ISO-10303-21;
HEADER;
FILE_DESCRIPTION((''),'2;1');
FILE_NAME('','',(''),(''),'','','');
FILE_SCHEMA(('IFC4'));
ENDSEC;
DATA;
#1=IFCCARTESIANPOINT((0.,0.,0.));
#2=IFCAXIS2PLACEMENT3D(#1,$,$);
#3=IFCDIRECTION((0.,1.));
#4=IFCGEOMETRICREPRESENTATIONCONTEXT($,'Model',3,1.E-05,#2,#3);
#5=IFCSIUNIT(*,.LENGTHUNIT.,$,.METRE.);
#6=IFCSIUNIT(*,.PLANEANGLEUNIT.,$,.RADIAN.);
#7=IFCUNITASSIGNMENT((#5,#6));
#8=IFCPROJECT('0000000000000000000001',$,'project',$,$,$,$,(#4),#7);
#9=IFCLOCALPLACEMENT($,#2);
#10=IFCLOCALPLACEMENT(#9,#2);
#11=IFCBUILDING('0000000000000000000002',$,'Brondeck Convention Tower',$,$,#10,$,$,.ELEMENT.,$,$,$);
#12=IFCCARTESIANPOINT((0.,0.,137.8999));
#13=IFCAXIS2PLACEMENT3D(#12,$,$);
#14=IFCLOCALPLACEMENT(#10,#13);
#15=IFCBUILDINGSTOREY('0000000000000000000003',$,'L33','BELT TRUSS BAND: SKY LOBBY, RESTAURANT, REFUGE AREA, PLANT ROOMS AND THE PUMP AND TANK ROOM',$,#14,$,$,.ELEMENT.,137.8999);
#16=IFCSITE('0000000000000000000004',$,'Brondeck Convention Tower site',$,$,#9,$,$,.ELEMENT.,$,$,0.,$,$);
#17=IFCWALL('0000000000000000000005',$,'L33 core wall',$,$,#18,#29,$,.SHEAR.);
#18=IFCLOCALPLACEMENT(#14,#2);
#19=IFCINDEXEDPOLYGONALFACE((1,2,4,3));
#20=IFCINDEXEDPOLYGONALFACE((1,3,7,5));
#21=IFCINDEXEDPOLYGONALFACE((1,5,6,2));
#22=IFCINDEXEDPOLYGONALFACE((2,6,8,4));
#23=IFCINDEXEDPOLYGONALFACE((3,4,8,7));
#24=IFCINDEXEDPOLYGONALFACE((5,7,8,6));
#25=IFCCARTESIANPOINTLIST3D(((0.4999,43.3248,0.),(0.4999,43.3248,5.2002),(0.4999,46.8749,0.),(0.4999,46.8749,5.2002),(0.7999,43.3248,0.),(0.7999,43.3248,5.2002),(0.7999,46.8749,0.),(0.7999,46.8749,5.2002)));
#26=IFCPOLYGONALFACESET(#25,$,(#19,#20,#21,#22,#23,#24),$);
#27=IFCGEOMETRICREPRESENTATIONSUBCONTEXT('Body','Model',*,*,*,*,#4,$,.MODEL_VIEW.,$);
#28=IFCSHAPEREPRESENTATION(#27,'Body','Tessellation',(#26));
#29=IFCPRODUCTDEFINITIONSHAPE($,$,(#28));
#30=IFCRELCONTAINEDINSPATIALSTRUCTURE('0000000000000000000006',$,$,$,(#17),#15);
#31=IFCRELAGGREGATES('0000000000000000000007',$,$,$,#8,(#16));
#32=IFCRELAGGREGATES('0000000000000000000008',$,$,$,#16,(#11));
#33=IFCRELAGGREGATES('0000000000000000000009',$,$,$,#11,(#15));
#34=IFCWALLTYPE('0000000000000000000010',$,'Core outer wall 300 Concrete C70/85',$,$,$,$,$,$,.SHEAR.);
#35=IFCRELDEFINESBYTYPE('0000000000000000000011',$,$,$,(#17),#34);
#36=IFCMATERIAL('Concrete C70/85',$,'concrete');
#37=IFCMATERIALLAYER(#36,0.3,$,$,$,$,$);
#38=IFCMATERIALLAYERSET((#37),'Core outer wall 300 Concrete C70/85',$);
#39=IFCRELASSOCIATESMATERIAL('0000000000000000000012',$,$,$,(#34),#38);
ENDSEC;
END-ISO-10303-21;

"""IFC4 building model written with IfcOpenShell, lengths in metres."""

from ifc_helpers import new_model, si_unit, direction, frame, frame_2d, origin, place, context, subcontext, project, spatial, rectangle, extrude, material, layer, layer_set, type_object, element, save


model = new_model("IFC4")

# Units and contexts
model_context = context("Model", 3, precision=1e-05, world=origin(), true_north=direction((0.0, 1.0)))
body_context = subcontext(model_context, "Body", "Model", "MODEL_VIEW")
ifc_project = project(units=[si_unit("LENGTHUNIT", "METRE"), si_unit("PLANEANGLEUNIT", "RADIAN")], contexts=[model_context])

# Site, building, storey
site_placement = place(None, origin())
site = spatial("IfcSite", under=ifc_project, at=site_placement, Name="Brondeck Convention Tower site", CompositionType="ELEMENT", RefElevation=0.0)
building_placement = place(site_placement, origin())
building = spatial("IfcBuilding", under=site, at=building_placement, Name="Brondeck Convention Tower", CompositionType="ELEMENT")
storey_placement = place(building_placement, frame((0.0, 0.0, 137.8999)))
storey = spatial("IfcBuildingStorey", under=building, at=storey_placement, Name="L33", Description="BELT TRUSS BAND: SKY LOBBY, RESTAURANT, REFUGE AREA, PLANT ROOMS AND THE PUMP AND TANK ROOM", CompositionType="ELEMENT", Elevation=137.8999)

# Wall
ifc_material_1 = material(Name="Concrete C70/85", Category="concrete")
ifc_layer_1 = layer(ifc_material_1, 0.3)
ifc_layer_set_1 = layer_set([ifc_layer_1], Name="Core outer wall 300 Concrete C70/85")
wall_type_1 = type_object("IfcWallType", Name="Core outer wall 300 Concrete C70/85", PredefinedType="SHEAR", material=ifc_layer_set_1)
wall_1_placement = place(storey_placement, frame((0.6499, 43.325, 0.0), z_axis=(0.0, 0.0, 1.0), x_axis=(0.0, 1.0, 0.0)))
element("IfcWall", 1, at=wall_1_placement, inside=storey, type_object=wall_type_1, Name="L33 core wall", PredefinedType="SHEAR", context=body_context, shape_type="SweptSolid", body=[
    extrude(rectangle(XDim=3.55, YDim=0.3, at=frame_2d((1.7749, 0.0))), origin(), (0.0, 0.0, 1.0), 5.2002),
])

save(model, "model.ifc")
